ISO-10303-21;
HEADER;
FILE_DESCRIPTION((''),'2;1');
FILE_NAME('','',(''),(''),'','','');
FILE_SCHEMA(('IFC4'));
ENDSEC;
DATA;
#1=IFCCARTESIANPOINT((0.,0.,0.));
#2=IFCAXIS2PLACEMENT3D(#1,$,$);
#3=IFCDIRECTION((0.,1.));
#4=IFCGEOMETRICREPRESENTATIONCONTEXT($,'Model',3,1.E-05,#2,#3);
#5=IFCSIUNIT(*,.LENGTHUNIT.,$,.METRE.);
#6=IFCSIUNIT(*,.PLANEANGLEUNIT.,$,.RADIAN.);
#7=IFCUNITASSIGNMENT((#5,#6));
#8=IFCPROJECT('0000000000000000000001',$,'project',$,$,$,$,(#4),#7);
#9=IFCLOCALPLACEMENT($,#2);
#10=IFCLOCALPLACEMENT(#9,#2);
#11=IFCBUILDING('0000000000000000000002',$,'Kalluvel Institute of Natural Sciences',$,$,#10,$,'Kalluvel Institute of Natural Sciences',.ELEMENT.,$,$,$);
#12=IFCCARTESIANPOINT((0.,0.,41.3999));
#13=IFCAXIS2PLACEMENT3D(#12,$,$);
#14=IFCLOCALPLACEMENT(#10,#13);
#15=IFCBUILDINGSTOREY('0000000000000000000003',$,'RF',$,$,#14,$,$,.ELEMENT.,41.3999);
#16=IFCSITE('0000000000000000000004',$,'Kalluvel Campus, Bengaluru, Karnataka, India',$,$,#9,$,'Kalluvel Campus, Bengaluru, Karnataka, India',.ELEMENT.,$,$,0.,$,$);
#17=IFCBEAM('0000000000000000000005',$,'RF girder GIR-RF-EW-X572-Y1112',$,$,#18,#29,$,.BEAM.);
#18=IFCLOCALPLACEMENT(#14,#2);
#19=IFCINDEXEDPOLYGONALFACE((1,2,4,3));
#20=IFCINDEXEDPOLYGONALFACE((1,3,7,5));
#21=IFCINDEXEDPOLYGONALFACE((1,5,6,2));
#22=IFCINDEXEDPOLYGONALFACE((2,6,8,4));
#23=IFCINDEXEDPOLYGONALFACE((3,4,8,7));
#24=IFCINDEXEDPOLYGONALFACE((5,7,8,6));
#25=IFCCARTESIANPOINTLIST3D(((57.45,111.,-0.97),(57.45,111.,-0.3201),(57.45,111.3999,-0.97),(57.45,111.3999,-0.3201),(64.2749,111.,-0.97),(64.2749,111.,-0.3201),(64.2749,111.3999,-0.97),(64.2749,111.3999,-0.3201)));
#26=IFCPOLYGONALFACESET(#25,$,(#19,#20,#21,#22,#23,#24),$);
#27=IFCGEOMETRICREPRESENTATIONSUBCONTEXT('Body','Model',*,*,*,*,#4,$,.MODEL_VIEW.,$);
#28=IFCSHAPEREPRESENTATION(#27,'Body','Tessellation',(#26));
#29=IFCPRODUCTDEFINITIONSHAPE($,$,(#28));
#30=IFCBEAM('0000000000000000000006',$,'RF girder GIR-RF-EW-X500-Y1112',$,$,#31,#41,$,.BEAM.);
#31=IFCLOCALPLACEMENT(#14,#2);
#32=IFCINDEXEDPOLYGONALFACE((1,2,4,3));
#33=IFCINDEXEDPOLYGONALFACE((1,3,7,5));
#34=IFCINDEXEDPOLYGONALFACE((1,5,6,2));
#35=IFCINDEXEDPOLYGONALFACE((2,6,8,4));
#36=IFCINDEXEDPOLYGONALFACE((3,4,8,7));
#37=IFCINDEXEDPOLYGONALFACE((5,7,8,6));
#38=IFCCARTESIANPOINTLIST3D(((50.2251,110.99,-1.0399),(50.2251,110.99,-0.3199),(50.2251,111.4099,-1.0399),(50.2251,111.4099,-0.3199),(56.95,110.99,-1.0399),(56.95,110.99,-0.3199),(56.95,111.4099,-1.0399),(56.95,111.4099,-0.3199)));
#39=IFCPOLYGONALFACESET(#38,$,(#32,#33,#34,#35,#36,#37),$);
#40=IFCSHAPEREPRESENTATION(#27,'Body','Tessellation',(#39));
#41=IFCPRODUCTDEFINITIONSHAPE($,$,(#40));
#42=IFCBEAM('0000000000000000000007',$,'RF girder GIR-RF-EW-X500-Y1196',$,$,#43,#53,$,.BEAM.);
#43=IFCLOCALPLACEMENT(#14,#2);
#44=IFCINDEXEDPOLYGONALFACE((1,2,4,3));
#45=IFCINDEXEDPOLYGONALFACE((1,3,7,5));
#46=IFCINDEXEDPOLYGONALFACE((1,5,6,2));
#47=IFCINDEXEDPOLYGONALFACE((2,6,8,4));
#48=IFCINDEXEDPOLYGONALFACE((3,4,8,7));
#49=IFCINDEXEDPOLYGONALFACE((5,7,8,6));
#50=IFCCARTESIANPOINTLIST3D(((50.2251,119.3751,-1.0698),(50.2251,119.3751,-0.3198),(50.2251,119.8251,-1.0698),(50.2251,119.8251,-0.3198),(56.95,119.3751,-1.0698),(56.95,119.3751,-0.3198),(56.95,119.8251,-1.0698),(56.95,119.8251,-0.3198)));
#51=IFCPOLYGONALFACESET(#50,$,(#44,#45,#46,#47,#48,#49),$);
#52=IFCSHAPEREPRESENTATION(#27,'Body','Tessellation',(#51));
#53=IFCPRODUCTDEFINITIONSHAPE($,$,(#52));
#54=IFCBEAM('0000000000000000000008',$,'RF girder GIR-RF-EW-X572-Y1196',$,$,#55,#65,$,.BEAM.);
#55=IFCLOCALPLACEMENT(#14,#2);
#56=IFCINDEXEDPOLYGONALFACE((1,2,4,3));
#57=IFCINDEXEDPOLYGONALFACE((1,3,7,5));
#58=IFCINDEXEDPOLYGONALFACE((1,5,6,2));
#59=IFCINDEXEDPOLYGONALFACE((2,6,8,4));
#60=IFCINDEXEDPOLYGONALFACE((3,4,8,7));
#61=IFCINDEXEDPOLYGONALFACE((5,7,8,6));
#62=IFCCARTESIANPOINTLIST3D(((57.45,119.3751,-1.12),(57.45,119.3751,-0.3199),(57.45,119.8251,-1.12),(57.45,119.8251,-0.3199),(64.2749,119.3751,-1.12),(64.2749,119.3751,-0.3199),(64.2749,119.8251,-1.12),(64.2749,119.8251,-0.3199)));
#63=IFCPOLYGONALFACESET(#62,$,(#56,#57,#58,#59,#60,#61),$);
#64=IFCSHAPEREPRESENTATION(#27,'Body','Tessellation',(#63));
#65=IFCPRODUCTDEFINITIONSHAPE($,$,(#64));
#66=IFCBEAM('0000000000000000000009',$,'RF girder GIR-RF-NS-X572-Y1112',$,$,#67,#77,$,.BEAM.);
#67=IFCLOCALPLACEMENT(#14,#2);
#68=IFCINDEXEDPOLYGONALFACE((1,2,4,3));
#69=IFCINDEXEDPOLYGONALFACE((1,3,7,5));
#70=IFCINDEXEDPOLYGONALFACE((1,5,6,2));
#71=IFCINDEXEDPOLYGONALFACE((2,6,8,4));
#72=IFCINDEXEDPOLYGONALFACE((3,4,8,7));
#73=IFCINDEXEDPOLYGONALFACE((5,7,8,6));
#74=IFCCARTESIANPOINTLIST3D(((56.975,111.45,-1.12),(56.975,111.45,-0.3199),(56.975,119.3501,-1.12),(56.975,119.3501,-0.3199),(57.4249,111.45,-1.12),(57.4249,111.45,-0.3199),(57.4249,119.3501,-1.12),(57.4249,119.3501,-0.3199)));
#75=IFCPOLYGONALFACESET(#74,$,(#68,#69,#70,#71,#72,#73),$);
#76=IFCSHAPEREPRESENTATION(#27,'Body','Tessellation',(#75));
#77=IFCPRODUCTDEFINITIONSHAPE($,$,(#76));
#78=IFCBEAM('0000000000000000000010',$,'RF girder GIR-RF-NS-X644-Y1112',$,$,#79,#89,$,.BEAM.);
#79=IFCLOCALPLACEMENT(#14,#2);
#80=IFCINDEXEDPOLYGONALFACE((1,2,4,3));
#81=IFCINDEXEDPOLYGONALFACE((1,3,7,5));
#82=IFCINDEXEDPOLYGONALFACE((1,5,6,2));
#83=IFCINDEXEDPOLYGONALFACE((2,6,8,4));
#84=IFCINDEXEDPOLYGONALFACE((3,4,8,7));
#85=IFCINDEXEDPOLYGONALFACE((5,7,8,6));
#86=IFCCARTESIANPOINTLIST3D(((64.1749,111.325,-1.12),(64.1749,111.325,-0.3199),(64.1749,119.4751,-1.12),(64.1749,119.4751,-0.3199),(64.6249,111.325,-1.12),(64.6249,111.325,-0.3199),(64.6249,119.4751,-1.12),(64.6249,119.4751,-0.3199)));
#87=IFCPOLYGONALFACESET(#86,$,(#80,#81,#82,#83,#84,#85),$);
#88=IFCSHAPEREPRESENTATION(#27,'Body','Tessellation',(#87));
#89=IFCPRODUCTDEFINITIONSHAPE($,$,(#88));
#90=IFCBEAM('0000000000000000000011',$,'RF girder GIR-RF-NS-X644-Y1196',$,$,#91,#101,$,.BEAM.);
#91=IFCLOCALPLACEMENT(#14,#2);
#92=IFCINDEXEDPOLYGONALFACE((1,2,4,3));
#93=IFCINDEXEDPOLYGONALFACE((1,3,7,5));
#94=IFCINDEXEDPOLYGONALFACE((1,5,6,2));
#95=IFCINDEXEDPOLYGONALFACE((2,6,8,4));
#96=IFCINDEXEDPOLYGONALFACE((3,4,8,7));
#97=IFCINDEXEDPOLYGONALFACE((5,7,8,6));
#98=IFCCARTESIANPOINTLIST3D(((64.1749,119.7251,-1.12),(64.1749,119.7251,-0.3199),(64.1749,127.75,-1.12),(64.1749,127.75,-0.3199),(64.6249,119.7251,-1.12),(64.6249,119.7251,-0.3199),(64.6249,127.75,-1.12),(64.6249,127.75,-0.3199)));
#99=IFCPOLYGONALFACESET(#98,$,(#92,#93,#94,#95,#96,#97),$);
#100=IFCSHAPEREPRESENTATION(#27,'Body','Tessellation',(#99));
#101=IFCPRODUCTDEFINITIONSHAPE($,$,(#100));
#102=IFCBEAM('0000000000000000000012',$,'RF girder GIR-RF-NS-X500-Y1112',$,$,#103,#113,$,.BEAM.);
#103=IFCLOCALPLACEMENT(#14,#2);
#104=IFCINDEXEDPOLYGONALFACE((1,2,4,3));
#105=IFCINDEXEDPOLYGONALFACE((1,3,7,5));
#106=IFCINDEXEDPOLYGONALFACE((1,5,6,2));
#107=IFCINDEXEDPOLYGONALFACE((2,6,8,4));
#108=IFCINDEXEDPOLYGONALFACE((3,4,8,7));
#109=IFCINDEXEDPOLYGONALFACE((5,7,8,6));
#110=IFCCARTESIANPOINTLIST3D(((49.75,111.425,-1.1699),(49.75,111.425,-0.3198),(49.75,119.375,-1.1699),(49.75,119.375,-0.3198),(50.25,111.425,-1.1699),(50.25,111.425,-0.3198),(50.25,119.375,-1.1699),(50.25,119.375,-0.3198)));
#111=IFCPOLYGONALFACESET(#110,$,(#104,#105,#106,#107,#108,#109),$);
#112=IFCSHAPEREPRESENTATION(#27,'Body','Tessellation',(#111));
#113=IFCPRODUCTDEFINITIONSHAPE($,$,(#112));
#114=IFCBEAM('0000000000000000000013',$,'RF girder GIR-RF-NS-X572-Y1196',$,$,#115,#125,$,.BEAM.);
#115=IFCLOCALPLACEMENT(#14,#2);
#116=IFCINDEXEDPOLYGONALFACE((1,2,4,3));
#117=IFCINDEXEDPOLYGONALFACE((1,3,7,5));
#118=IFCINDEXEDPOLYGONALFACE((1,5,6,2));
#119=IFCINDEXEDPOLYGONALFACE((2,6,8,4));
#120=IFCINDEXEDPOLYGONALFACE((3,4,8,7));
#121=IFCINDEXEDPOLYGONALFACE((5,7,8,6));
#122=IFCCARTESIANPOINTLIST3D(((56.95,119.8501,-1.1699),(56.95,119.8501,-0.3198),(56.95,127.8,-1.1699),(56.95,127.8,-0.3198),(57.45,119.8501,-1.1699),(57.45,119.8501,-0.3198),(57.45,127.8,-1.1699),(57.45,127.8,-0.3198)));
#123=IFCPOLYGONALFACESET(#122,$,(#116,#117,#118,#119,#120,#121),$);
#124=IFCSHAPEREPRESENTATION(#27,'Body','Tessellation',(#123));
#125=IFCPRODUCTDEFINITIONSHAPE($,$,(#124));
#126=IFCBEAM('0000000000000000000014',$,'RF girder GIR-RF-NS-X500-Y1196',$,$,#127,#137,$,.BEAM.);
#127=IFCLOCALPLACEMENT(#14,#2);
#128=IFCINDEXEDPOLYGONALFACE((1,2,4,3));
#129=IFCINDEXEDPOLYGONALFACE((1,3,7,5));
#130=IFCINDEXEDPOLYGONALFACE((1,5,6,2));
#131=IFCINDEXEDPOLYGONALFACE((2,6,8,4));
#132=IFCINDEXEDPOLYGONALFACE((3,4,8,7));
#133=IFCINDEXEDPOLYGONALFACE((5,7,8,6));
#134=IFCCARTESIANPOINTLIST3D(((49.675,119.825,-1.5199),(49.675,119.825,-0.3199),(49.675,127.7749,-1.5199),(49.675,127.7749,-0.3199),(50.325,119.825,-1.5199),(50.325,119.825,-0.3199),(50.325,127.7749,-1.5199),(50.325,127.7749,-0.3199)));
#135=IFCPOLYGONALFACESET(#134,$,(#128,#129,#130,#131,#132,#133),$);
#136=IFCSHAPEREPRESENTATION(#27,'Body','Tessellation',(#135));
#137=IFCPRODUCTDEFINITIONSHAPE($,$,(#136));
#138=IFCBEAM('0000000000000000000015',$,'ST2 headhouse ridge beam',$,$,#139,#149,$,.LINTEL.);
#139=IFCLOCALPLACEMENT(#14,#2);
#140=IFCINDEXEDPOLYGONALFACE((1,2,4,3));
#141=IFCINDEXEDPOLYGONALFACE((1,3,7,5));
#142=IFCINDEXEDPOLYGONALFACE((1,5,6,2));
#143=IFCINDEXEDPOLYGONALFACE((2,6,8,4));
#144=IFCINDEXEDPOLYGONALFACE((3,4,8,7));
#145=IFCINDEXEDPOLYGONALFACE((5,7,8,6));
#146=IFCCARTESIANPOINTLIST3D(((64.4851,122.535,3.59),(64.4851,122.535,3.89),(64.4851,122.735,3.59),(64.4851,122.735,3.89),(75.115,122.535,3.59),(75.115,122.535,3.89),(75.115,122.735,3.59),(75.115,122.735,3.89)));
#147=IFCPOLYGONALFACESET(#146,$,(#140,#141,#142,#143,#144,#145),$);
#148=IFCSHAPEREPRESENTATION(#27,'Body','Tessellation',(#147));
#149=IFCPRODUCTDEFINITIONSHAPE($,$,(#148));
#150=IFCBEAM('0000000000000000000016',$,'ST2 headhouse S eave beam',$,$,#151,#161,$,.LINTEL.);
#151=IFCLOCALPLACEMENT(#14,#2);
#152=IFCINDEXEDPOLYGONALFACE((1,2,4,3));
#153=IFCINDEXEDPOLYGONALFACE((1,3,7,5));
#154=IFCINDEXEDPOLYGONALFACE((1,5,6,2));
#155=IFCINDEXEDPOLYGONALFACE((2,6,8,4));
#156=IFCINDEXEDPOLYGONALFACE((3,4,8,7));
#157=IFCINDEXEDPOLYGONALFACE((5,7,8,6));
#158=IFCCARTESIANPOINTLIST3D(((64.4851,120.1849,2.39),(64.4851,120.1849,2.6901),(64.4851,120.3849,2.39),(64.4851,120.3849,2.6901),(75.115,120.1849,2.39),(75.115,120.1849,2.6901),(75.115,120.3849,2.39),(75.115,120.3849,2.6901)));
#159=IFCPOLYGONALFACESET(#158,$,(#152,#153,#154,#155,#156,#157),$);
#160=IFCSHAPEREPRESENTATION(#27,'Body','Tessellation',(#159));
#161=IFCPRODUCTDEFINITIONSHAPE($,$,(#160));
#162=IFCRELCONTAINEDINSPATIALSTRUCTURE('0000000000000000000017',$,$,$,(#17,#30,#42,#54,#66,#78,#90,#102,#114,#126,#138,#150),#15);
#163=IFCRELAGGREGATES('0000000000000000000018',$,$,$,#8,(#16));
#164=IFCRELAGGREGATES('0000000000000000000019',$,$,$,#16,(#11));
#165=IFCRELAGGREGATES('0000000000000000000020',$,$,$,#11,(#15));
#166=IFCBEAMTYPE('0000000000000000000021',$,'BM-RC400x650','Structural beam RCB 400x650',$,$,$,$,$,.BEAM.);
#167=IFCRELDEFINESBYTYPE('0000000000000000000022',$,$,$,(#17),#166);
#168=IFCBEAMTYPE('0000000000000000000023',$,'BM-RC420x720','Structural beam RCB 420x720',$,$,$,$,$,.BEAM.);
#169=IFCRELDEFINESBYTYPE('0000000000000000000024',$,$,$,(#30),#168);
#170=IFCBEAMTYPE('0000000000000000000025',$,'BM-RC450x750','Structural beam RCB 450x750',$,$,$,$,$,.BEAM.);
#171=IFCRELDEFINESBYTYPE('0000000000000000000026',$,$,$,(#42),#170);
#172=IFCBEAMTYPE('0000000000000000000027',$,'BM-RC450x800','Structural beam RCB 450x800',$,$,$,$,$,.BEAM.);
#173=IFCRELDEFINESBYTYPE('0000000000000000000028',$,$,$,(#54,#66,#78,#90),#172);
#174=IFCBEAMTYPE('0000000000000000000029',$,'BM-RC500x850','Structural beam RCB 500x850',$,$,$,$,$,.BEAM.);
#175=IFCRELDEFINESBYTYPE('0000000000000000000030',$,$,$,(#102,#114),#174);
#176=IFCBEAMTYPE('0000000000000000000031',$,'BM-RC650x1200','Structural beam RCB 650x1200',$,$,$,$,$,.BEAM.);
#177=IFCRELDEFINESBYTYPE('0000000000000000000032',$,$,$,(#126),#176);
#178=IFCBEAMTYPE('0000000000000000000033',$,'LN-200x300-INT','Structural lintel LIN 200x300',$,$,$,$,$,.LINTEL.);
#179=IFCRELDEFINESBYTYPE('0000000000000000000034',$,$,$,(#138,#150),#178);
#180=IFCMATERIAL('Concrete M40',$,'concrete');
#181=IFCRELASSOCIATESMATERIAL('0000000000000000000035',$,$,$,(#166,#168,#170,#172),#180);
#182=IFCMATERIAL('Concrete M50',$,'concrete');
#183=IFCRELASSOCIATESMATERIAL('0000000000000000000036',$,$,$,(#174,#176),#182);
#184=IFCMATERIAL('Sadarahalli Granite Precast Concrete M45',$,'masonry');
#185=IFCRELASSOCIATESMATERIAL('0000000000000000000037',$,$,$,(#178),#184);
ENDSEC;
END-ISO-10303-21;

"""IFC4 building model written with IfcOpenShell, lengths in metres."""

from ifc_helpers import new_model, si_unit, direction, frame, origin, origin_2d, place, context, subcontext, project, spatial, rectangle, extrude, material, material_profile, profile_set, type_object, element, save


model = new_model("IFC4")

# Units and contexts
model_context = context("Model", 3, precision=1e-05, world=origin(), true_north=direction((0.0, 1.0)))
body_context = subcontext(model_context, "Body", "Model", "MODEL_VIEW")
ifc_project = project(units=[si_unit("LENGTHUNIT", "METRE"), si_unit("PLANEANGLEUNIT", "RADIAN")], contexts=[model_context])

# Site, building, storey
site_placement = place(None, origin())
site = spatial("IfcSite", under=ifc_project, at=site_placement, Name="Kalluvel Campus, Bengaluru, Karnataka, India", LongName="Kalluvel Campus, Bengaluru, Karnataka, India", CompositionType="ELEMENT", RefElevation=0.0)
building_placement = place(site_placement, origin())
building = spatial("IfcBuilding", under=site, at=building_placement, Name="Kalluvel Institute of Natural Sciences", LongName="Kalluvel Institute of Natural Sciences", CompositionType="ELEMENT")
storey_placement = place(building_placement, frame((0.0, 0.0, 41.3999)))
storey = spatial("IfcBuildingStorey", under=building, at=storey_placement, Name="RF", CompositionType="ELEMENT", Elevation=41.3999)

# Beams
ifc_material_1 = material(Name="Concrete M40", Category="concrete")
ifc_material_profile_1 = material_profile(ifc_material_1, rectangle(XDim=0.3999, YDim=0.6499, at=origin_2d()), Name="RCB 400x650")
ifc_profile_set_1 = profile_set([ifc_material_profile_1], Name="Concrete M40")
beam_type_1 = type_object("IfcBeamType", Name="BM-RC400x650", Description="Structural beam RCB 400x650", PredefinedType="BEAM", material=ifc_profile_set_1)
beam_1_placement = place(storey_placement, frame((57.45, 111.2, -0.645), z_axis=(1.0, 0.0, 0.0), x_axis=(0.0, 1.0, 0.0)))
element("IfcBeam", 1, at=beam_1_placement, inside=storey, type_object=beam_type_1, Name="RF girder GIR-RF-EW-X572-Y1112", PredefinedType="BEAM", context=body_context, shape_type="SweptSolid", body=[
    extrude(rectangle(XDim=0.3999, YDim=0.6499, at=origin_2d()), origin(), (0.0, 0.0, 1.0), 6.825),
])
ifc_material_profile_2 = material_profile(ifc_material_1, rectangle(XDim=0.4199, YDim=0.72, at=origin_2d()), Name="RCB 420x720")
ifc_profile_set_2 = profile_set([ifc_material_profile_2], Name="Concrete M40")
beam_type_2 = type_object("IfcBeamType", Name="BM-RC420x720", Description="Structural beam RCB 420x720", PredefinedType="BEAM", material=ifc_profile_set_2)
beam_2_placement = place(storey_placement, frame((50.2251, 111.2, -0.6799), z_axis=(1.0, 0.0, 0.0), x_axis=(0.0, 1.0, 0.0)))
element("IfcBeam", 2, at=beam_2_placement, inside=storey, type_object=beam_type_2, Name="RF girder GIR-RF-EW-X500-Y1112", PredefinedType="BEAM", context=body_context, shape_type="SweptSolid", body=[
    extrude(rectangle(XDim=0.4199, YDim=0.72, at=origin_2d()), origin(), (0.0, 0.0, 1.0), 6.7249),
])
ifc_material_profile_3 = material_profile(ifc_material_1, rectangle(XDim=0.45, YDim=0.75, at=origin_2d()), Name="RCB 450x750")
ifc_profile_set_3 = profile_set([ifc_material_profile_3], Name="Concrete M40")
beam_type_3 = type_object("IfcBeamType", Name="BM-RC450x750", Description="Structural beam RCB 450x750", PredefinedType="BEAM", material=ifc_profile_set_3)
beam_3_placement = place(storey_placement, frame((50.2251, 119.6001, -0.6948), z_axis=(1.0, 0.0, 0.0), x_axis=(0.0, 1.0, 0.0)))
element("IfcBeam", 3, at=beam_3_placement, inside=storey, type_object=beam_type_3, Name="RF girder GIR-RF-EW-X500-Y1196", PredefinedType="BEAM", context=body_context, shape_type="SweptSolid", body=[
    extrude(rectangle(XDim=0.45, YDim=0.75, at=origin_2d()), origin(), (0.0, 0.0, 1.0), 6.7249),
])
ifc_material_profile_4 = material_profile(ifc_material_1, rectangle(XDim=0.45, YDim=0.8, at=origin_2d()), Name="RCB 450x800")
ifc_profile_set_4 = profile_set([ifc_material_profile_4], Name="Concrete M40")
beam_type_4 = type_object("IfcBeamType", Name="BM-RC450x800", Description="Structural beam RCB 450x800", PredefinedType="BEAM", material=ifc_profile_set_4)
beam_4_placement = place(storey_placement, frame((57.45, 119.6001, -0.72), z_axis=(1.0, 0.0, 0.0), x_axis=(0.0, 1.0, 0.0)))
element("IfcBeam", 4, at=beam_4_placement, inside=storey, type_object=beam_type_4, Name="RF girder GIR-RF-EW-X572-Y1196", PredefinedType="BEAM", context=body_context, shape_type="SweptSolid", body=[
    extrude(rectangle(XDim=0.45, YDim=0.8, at=origin_2d()), origin(), (0.0, 0.0, 1.0), 6.825),
])
beam_5_placement = place(storey_placement, frame((57.2, 111.45, -0.72), z_axis=(0.0, 1.0, 0.0), x_axis=(-1.0, 0.0, 0.0)))
element("IfcBeam", 5, at=beam_5_placement, inside=storey, type_object=beam_type_4, Name="RF girder GIR-RF-NS-X572-Y1112", PredefinedType="BEAM", context=body_context, shape_type="SweptSolid", body=[
    extrude(rectangle(XDim=0.45, YDim=0.8, at=origin_2d()), origin(), (0.0, 0.0, 1.0), 7.9001),
])
beam_6_placement = place(storey_placement, frame((64.3999, 111.325, -0.72), z_axis=(0.0, 1.0, 0.0), x_axis=(-1.0, 0.0, 0.0)))
element("IfcBeam", 6, at=beam_6_placement, inside=storey, type_object=beam_type_4, Name="RF girder GIR-RF-NS-X644-Y1112", PredefinedType="BEAM", context=body_context, shape_type="SweptSolid", body=[
    extrude(rectangle(XDim=0.45, YDim=0.8, at=origin_2d()), origin(), (0.0, 0.0, 1.0), 8.1501),
])
beam_7_placement = place(storey_placement, frame((64.3999, 119.7251, -0.72), z_axis=(0.0, 1.0, 0.0), x_axis=(-1.0, 0.0, 0.0)))
element("IfcBeam", 7, at=beam_7_placement, inside=storey, type_object=beam_type_4, Name="RF girder GIR-RF-NS-X644-Y1196", PredefinedType="BEAM", context=body_context, shape_type="SweptSolid", body=[
    extrude(rectangle(XDim=0.45, YDim=0.8, at=origin_2d()), origin(), (0.0, 0.0, 1.0), 8.0249),
])
ifc_material_2 = material(Name="Concrete M50", Category="concrete")
ifc_material_profile_5 = material_profile(ifc_material_2, rectangle(XDim=0.5, YDim=0.8501, at=origin_2d()), Name="RCB 500x850")
ifc_profile_set_5 = profile_set([ifc_material_profile_5], Name="Concrete M50")
beam_type_5 = type_object("IfcBeamType", Name="BM-RC500x850", Description="Structural beam RCB 500x850", PredefinedType="BEAM", material=ifc_profile_set_5)
for number, where, z_axis, x_axis, name in (
    (8, (50.0, 111.425, -0.7449), (0.0, 1.0, 0.0), (-1.0, 0.0, 0.0), "RF girder GIR-RF-NS-X500-Y1112"),
    (9, (57.2, 119.8501, -0.7449), (0.0, 1.0, 0.0), (-1.0, 0.0, 0.0), "RF girder GIR-RF-NS-X572-Y1196"),
):
    element("IfcBeam", number, at=place(storey_placement, frame(where, z_axis=z_axis, x_axis=x_axis)), inside=storey, type_object=beam_type_5, Name=name, PredefinedType="BEAM", context=body_context, shape_type="SweptSolid", body=[
        extrude(rectangle(XDim=0.5, YDim=0.8501, at=origin_2d()), origin(), (0.0, 0.0, 1.0), 7.95),
    ])
ifc_material_profile_6 = material_profile(ifc_material_2, rectangle(XDim=0.6499, YDim=1.2, at=origin_2d()), Name="RCB 650x1200")
ifc_profile_set_6 = profile_set([ifc_material_profile_6], Name="Concrete M50")
beam_type_6 = type_object("IfcBeamType", Name="BM-RC650x1200", Description="Structural beam RCB 650x1200", PredefinedType="BEAM", material=ifc_profile_set_6)
beam_8_placement = place(storey_placement, frame((50.0, 119.825, -0.9199), z_axis=(0.0, 1.0, 0.0), x_axis=(-1.0, 0.0, 0.0)))
element("IfcBeam", 10, at=beam_8_placement, inside=storey, type_object=beam_type_6, Name="RF girder GIR-RF-NS-X500-Y1196", PredefinedType="BEAM", context=body_context, shape_type="SweptSolid", body=[
    extrude(rectangle(XDim=0.6499, YDim=1.2, at=origin_2d()), origin(), (0.0, 0.0, 1.0), 7.95),
])
ifc_material_3 = material(Name="Sadarahalli Granite Precast Concrete M45", Category="masonry")
ifc_material_profile_7 = material_profile(ifc_material_3, rectangle(XDim=0.2, YDim=0.3, at=origin_2d()), Name="LIN 200x300")
ifc_profile_set_7 = profile_set([ifc_material_profile_7], Name="Sadarahalli Granite Precast Concrete M45")
beam_type_7 = type_object("IfcBeamType", Name="LN-200x300-INT", Description="Structural lintel LIN 200x300", PredefinedType="LINTEL", material=ifc_profile_set_7)
for number, where, z_axis, x_axis, name in (
    (11, (64.4851, 122.635, 3.74), (1.0, 0.0, 0.0), (0.0, 1.0, 0.0), "ST2 headhouse ridge beam"),
    (12, (64.4851, 120.2849, 2.54), (1.0, 0.0, 0.0), (0.0, 1.0, 0.0), "ST2 headhouse S eave beam"),
):
    element("IfcBeam", number, at=place(storey_placement, frame(where, z_axis=z_axis, x_axis=x_axis)), inside=storey, type_object=beam_type_7, Name=name, PredefinedType="LINTEL", context=body_context, shape_type="SweptSolid", body=[
        extrude(rectangle(XDim=0.2, YDim=0.3, at=origin_2d()), origin(), (0.0, 0.0, 1.0), 10.6299),
    ])

save(model, "model.ifc")
